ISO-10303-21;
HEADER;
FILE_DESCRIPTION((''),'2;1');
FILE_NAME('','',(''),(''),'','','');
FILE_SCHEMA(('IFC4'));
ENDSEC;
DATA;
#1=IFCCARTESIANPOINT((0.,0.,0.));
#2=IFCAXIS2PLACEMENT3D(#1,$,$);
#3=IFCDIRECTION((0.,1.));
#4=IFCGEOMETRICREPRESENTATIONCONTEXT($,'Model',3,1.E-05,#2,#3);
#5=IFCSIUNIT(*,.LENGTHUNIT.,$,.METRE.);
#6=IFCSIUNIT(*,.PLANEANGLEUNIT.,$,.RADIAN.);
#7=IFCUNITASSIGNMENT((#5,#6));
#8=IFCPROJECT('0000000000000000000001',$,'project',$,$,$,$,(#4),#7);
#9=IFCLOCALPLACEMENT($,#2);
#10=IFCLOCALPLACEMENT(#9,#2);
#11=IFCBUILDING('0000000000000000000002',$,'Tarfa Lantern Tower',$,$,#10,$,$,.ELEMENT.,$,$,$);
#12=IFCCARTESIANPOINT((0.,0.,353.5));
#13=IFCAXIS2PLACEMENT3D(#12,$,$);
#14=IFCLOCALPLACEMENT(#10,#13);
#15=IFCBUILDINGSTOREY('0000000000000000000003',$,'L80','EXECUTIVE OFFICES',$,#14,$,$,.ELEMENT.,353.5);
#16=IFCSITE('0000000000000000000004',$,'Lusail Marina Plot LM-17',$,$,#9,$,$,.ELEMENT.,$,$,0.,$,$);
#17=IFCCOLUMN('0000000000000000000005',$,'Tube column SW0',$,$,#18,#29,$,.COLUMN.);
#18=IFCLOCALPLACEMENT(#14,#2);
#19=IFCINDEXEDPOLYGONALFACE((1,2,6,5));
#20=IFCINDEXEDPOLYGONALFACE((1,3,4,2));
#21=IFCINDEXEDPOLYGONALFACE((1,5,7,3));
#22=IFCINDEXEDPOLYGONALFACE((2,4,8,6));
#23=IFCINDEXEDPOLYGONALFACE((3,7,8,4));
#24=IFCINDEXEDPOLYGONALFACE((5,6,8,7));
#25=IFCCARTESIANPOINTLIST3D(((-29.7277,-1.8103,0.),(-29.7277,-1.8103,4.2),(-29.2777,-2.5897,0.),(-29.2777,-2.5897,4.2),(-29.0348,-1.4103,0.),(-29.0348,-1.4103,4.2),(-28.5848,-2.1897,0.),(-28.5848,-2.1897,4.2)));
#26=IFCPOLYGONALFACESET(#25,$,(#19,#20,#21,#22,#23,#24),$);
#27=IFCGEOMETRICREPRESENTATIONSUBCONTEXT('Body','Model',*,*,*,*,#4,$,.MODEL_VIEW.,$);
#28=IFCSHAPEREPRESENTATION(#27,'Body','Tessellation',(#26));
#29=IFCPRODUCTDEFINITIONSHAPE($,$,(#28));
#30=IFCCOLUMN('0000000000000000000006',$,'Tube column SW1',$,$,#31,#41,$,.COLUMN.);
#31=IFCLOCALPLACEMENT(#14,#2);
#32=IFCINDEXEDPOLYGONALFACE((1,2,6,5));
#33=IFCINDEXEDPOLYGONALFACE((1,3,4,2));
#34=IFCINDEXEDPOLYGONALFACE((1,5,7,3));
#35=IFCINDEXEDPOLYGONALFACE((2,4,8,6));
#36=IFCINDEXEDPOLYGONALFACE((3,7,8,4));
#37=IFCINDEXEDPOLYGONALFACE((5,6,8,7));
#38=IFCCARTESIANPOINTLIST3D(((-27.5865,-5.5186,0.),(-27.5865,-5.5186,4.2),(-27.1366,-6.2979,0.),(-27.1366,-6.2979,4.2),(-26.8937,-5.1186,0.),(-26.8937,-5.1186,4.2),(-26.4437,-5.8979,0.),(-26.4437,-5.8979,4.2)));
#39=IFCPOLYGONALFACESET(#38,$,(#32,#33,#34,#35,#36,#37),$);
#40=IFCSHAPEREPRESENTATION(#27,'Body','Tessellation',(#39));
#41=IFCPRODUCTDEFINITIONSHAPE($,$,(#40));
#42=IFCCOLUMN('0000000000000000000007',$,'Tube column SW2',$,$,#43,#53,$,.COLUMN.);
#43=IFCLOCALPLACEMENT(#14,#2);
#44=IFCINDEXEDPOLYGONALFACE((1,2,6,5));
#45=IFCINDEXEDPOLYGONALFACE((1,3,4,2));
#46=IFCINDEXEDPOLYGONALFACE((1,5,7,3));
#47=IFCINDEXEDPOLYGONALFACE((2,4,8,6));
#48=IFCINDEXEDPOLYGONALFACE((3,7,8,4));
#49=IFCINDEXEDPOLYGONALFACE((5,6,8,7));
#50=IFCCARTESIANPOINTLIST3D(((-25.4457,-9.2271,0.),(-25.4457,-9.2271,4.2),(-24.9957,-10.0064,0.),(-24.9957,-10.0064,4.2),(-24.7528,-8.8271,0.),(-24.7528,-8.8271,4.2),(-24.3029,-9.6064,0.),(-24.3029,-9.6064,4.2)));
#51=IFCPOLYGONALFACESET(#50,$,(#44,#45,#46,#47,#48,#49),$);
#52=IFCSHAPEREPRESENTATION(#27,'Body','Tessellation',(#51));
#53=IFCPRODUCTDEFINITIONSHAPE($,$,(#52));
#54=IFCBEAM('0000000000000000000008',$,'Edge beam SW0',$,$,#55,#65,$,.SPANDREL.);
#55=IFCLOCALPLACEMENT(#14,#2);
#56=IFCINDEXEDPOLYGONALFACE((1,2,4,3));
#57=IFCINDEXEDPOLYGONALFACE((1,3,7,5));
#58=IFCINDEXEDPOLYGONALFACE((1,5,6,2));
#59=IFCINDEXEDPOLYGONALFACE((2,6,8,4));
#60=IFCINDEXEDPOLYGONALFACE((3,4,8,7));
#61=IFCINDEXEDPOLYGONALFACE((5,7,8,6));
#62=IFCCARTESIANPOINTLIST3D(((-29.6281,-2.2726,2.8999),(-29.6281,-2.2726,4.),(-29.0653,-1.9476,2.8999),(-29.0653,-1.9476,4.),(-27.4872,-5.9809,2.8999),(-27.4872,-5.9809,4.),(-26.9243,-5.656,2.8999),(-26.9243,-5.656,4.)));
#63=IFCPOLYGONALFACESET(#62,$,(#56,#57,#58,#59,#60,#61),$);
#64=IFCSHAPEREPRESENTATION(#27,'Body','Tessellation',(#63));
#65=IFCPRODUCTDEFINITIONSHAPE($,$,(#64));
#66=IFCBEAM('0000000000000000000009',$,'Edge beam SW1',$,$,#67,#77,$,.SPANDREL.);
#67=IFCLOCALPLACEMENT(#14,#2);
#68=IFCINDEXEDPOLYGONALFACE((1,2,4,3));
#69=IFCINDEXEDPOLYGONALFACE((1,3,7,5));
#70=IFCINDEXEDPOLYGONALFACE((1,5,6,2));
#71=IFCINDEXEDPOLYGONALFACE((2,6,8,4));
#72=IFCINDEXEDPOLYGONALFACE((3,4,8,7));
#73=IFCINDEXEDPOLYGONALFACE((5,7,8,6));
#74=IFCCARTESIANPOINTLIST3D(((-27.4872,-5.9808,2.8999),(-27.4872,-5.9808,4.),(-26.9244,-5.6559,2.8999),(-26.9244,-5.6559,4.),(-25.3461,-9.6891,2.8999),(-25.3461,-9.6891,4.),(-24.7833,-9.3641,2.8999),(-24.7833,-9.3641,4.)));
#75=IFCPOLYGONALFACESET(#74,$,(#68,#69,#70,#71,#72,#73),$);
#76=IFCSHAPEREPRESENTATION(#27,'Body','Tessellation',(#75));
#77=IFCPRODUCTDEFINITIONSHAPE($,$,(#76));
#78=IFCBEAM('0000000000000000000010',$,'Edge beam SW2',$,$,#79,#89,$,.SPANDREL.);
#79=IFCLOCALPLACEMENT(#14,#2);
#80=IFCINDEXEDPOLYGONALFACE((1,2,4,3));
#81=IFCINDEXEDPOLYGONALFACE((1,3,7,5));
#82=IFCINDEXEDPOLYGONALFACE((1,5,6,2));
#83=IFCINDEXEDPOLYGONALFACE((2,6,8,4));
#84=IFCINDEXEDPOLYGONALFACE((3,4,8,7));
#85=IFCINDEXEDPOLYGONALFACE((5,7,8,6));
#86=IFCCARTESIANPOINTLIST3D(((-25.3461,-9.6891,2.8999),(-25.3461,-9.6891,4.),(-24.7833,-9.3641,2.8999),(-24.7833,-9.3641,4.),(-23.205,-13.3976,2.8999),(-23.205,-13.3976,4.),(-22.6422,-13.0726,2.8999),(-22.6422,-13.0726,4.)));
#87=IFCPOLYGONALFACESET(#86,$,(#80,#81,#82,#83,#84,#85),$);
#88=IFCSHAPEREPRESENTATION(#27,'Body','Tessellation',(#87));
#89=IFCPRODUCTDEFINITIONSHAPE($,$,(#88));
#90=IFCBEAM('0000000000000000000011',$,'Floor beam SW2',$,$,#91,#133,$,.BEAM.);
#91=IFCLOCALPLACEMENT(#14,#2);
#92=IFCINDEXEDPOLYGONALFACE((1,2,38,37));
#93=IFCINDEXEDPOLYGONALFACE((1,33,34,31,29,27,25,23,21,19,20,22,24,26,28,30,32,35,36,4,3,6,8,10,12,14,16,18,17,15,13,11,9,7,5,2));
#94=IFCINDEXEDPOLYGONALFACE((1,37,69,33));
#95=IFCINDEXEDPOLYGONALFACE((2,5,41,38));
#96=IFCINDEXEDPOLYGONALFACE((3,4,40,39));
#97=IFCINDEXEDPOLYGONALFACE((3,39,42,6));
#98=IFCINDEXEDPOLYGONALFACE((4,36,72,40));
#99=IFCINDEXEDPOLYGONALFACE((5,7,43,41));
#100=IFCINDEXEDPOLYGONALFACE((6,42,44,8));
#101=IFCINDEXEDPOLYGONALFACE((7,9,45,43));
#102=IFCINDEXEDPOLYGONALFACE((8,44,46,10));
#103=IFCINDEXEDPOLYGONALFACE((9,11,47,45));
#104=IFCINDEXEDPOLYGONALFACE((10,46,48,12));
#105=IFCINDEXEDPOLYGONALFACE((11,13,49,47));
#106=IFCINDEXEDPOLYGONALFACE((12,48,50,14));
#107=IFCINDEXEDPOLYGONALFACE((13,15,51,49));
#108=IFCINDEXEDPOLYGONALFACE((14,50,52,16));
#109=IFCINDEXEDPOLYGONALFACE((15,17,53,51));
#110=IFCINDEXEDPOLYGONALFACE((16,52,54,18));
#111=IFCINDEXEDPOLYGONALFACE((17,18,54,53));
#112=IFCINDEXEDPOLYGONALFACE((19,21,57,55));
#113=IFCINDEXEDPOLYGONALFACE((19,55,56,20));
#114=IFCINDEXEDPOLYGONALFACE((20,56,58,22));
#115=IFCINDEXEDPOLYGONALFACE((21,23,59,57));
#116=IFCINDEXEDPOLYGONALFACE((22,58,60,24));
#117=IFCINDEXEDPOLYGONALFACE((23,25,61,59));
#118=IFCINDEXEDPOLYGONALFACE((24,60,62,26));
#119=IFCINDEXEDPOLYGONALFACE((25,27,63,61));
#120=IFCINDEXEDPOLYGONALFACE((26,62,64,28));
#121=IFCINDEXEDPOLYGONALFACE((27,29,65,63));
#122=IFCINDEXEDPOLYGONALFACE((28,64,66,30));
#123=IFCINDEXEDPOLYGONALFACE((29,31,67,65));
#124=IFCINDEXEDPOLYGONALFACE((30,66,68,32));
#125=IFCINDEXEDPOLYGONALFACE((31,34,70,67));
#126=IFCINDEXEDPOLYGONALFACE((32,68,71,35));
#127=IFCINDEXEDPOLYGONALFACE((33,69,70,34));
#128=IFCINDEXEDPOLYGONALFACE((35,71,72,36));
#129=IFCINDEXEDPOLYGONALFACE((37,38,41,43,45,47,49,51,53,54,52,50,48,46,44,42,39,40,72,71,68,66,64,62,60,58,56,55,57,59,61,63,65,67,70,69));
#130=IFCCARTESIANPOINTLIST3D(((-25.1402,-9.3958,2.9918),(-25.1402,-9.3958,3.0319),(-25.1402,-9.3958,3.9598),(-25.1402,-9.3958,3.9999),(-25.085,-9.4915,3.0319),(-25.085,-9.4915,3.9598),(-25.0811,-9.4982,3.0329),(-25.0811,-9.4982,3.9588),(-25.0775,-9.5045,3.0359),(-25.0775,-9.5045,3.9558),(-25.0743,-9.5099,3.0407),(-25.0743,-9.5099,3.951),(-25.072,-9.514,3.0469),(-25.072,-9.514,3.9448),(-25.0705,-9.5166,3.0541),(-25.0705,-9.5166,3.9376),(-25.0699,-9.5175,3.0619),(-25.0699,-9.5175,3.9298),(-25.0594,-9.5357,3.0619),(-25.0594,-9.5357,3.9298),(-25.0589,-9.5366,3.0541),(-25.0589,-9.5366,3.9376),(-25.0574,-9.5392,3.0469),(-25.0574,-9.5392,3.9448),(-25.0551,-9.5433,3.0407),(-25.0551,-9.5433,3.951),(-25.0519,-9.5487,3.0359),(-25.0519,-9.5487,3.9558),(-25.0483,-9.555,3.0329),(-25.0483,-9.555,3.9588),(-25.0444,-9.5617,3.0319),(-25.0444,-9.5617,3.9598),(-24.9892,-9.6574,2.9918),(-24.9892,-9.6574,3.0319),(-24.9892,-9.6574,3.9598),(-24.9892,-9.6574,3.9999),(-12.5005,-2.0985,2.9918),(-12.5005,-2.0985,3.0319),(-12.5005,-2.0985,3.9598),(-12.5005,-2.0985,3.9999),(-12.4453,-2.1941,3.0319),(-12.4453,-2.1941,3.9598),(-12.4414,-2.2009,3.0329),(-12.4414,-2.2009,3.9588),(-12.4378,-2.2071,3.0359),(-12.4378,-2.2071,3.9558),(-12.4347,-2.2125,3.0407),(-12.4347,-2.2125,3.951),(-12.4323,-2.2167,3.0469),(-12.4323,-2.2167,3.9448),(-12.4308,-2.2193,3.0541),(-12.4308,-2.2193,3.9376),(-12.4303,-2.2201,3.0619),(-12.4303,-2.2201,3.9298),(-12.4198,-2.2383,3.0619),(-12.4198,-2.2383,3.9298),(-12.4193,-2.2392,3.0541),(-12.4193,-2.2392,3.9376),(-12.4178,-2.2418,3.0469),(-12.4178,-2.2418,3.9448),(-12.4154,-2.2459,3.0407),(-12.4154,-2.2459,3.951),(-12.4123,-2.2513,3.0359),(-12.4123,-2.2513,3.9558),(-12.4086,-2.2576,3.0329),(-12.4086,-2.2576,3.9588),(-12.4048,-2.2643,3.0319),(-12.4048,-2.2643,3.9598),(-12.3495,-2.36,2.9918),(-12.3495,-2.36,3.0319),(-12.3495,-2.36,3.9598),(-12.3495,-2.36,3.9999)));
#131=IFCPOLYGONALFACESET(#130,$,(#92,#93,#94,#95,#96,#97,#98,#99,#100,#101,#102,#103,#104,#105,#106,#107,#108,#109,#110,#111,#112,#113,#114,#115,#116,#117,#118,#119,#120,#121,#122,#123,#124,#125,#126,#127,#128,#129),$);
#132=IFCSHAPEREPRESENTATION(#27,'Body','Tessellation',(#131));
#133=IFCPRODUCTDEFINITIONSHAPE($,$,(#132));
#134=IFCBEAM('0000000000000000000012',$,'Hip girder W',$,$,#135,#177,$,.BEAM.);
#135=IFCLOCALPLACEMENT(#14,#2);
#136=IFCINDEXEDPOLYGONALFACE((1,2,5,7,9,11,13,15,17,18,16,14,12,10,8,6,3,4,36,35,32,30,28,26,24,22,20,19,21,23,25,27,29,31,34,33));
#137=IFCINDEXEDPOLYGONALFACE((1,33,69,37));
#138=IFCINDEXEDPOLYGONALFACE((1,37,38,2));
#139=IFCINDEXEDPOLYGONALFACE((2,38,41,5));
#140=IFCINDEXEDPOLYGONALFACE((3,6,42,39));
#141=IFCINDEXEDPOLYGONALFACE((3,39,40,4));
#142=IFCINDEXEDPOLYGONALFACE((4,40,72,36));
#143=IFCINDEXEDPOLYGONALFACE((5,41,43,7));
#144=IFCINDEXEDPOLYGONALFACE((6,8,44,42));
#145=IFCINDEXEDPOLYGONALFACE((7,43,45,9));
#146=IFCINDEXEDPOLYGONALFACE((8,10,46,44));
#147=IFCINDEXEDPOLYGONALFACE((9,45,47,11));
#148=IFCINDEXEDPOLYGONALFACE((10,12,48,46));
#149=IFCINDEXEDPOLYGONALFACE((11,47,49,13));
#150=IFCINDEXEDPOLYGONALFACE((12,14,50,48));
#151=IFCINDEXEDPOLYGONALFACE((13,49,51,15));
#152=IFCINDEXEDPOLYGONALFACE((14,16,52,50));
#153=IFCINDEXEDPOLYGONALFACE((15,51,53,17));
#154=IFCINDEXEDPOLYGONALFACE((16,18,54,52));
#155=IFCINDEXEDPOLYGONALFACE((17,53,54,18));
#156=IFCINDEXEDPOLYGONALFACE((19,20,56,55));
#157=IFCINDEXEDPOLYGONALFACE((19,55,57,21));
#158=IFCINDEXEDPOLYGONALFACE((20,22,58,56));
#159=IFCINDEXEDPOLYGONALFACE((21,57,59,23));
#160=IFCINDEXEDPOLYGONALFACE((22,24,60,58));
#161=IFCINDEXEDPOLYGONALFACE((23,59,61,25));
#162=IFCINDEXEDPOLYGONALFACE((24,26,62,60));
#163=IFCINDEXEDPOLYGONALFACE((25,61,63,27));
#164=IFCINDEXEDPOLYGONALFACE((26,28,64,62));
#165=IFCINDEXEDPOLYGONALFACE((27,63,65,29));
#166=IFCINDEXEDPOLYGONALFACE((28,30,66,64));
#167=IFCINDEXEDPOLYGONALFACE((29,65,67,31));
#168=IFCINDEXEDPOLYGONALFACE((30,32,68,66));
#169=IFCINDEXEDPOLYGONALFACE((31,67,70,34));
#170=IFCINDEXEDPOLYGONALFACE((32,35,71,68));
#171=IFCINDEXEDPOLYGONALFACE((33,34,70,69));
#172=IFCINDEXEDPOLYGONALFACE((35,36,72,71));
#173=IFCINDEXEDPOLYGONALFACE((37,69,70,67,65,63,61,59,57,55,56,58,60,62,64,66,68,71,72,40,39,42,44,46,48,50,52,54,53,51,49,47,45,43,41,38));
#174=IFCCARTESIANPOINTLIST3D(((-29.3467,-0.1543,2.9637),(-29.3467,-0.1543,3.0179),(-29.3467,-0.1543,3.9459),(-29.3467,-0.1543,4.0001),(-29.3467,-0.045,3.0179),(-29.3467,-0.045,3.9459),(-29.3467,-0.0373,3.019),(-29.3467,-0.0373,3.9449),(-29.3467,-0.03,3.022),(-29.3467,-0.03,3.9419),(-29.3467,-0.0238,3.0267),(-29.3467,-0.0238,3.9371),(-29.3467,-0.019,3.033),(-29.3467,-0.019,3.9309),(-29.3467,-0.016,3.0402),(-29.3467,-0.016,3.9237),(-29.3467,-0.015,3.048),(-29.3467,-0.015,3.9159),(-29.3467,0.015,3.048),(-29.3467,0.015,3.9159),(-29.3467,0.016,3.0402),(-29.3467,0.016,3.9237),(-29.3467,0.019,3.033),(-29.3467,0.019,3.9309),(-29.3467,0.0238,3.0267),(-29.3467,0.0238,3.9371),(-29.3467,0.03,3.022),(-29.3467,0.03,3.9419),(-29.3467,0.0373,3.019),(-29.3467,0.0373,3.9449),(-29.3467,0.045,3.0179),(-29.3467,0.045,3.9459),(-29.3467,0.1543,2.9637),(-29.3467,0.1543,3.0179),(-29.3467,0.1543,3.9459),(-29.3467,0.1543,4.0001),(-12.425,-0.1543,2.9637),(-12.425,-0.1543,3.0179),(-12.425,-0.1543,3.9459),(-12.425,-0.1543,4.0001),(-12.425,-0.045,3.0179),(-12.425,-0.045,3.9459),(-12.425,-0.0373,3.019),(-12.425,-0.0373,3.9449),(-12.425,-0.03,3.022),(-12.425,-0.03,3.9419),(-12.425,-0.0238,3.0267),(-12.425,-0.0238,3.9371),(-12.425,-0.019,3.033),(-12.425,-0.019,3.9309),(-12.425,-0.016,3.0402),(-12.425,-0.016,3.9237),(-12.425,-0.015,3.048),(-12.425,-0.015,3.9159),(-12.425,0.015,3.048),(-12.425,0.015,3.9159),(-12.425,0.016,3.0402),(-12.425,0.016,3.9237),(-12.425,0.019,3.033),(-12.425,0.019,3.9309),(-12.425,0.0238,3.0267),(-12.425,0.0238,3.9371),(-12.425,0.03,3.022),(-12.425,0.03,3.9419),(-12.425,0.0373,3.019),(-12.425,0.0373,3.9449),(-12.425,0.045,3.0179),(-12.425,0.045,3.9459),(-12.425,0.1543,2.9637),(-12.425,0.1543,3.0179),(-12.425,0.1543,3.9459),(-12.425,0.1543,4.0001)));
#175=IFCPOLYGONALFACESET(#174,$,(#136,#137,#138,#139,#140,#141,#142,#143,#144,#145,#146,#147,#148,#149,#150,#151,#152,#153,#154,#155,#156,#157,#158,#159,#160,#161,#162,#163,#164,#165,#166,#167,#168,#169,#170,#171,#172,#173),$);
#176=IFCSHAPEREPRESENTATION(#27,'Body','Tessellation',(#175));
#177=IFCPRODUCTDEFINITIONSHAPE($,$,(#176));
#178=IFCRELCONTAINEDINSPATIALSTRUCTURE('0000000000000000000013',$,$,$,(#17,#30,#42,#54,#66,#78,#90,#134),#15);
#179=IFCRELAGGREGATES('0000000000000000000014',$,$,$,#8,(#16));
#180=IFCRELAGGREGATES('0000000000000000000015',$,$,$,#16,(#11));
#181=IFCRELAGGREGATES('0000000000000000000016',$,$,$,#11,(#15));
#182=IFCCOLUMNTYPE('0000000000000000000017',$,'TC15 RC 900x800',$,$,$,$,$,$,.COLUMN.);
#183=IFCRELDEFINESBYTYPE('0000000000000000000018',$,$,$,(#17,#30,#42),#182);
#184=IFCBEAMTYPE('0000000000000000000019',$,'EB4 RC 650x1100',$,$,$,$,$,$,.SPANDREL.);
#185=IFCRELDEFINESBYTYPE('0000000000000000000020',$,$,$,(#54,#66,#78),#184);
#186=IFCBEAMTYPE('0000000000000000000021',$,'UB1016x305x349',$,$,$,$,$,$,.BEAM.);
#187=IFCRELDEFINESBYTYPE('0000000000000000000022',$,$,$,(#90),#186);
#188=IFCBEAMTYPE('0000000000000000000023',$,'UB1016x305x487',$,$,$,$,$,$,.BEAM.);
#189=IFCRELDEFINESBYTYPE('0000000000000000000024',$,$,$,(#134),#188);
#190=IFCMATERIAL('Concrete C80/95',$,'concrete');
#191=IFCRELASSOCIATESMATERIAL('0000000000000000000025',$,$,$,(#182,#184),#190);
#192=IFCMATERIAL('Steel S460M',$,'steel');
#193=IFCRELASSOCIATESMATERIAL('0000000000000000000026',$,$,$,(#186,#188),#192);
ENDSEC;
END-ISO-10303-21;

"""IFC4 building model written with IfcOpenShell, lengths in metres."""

from ifc_helpers import new_model, si_unit, direction, frame, origin, origin_2d, place, context, subcontext, project, spatial, rectangle, i_section, extrude, material, material_profile, profile_set, type_object, element, save


model = new_model("IFC4")

# Units and contexts
model_context = context("Model", 3, precision=1e-05, world=origin(), true_north=direction((0.0, 1.0)))
body_context = subcontext(model_context, "Body", "Model", "MODEL_VIEW")
ifc_project = project(units=[si_unit("LENGTHUNIT", "METRE"), si_unit("PLANEANGLEUNIT", "RADIAN")], contexts=[model_context])

# Site, building, storey
site_placement = place(None, origin())
site = spatial("IfcSite", under=ifc_project, at=site_placement, Name="Lusail Marina Plot LM-17", CompositionType="ELEMENT", RefElevation=0.0)
building_placement = place(site_placement, origin())
building = spatial("IfcBuilding", under=site, at=building_placement, Name="Tarfa Lantern Tower", CompositionType="ELEMENT")
storey_placement = place(building_placement, frame((0.0, 0.0, 353.5)))
storey = spatial("IfcBuildingStorey", under=building, at=storey_placement, Name="L80", Description="EXECUTIVE OFFICES", CompositionType="ELEMENT", Elevation=353.5)

# Columns
ifc_material_1 = material(Name="Concrete C80/95", Category="concrete")
ifc_material_profile_1 = material_profile(ifc_material_1, rectangle(XDim=0.8999, YDim=0.8, at=origin_2d()), Name="RC 900x800")
ifc_profile_set_1 = profile_set([ifc_material_profile_1], Name="Concrete C80/95")
column_type = type_object("IfcColumnType", Name="TC15 RC 900x800", PredefinedType="COLUMN", material=ifc_profile_set_1)
for number, where, z_axis, x_axis, name in (
    (1, (-29.1562, -2.0, 0.0), (0.0, 0.0, 1.0), (0.5, -0.866025, 0.0), "Tube column SW0"),
    (2, (-27.0151, -5.7083, 0.0), (0.0, 0.0, 1.0), (0.5, -0.866025, 0.0), "Tube column SW1"),
    (3, (-24.8743, -9.4167, 0.0), (0.0, 0.0, 1.0), (0.5, -0.866025, 0.0), "Tube column SW2"),
):
    element("IfcColumn", number, at=place(storey_placement, frame(where, z_axis=z_axis, x_axis=x_axis)), inside=storey, type_object=column_type, Name=name, PredefinedType="COLUMN", context=body_context, shape_type="SweptSolid", body=[
        extrude(rectangle(XDim=0.8999, YDim=0.8, at=origin_2d()), origin(), (0.0, 0.0, 1.0), 4.2),
    ])

# Beams
ifc_material_profile_2 = material_profile(ifc_material_1, rectangle(XDim=0.6499, YDim=1.1001, at=origin_2d()), Name="RC 650x1100")
ifc_profile_set_2 = profile_set([ifc_material_profile_2], Name="Concrete C80/95")
beam_type_1 = type_object("IfcBeamType", Name="EB4 RC 650x1100", PredefinedType="SPANDREL", material=ifc_profile_set_2)
for number, where, z_axis, x_axis, name in (
    (4, (-29.3467, -2.1101, 3.45), (0.499984, -0.866035, 0.0), (0.866035, 0.499984, 0.0), "Edge beam SW0"),
    (5, (-27.2058, -5.8184, 3.45), (0.500027, -0.86601, 0.0), (0.86601, 0.500027, 0.0), "Edge beam SW1"),
):
    element("IfcBeam", number, at=place(storey_placement, frame(where, z_axis=z_axis, x_axis=x_axis)), inside=storey, type_object=beam_type_1, Name=name, PredefinedType="SPANDREL", context=body_context, shape_type="SweptSolid", body=[
        extrude(rectangle(XDim=0.6499, YDim=1.1001, at=origin_2d()), origin(), (0.0, 0.0, 1.0), 4.282),
    ])
beam_1_placement = place(storey_placement, frame((-25.0647, -9.5266, 3.45), z_axis=(0.500002, -0.866024, 0.0), x_axis=(0.866024, 0.500002, 0.0)))
element("IfcBeam", 6, at=beam_1_placement, inside=storey, type_object=beam_type_1, Name="Edge beam SW2", PredefinedType="SPANDREL", context=body_context, shape_type="SweptSolid", body=[
    extrude(rectangle(XDim=0.6499, YDim=1.1001, at=origin_2d()), origin(), (0.0, 0.0, 1.0), 4.2822),
])
ifc_material_2 = material(Name="Steel S460M", Category="steel")
ifc_material_profile_3 = material_profile(ifc_material_2, i_section(OverallWidth=0.302, OverallDepth=1.0081, WebThickness=0.021, FlangeThickness=0.04, FilletRadius=0.03, at=origin_2d()), Name="UB1016x305x349")
ifc_profile_set_3 = profile_set([ifc_material_profile_3], Name="Steel S460M")
beam_type_2 = type_object("IfcBeamType", Name="UB1016x305x349", PredefinedType="BEAM", material=ifc_profile_set_3)
beam_2_placement = place(storey_placement, frame((-25.0647, -9.5266, 3.4958), z_axis=(0.86603, 0.499993, 0.0), x_axis=(-0.499993, 0.86603, 0.0)))
element("IfcBeam", 7, at=beam_2_placement, inside=storey, type_object=beam_type_2, Name="Floor beam SW2", PredefinedType="BEAM", context=body_context, shape_type="SweptSolid", body=[
    extrude(i_section(OverallWidth=0.302, OverallDepth=1.0081, WebThickness=0.021, FlangeThickness=0.04, FilletRadius=0.03, at=origin_2d()), origin(), (0.0, 0.0, 1.0), 14.595),
])
ifc_material_profile_4 = material_profile(ifc_material_2, i_section(OverallWidth=0.3086, OverallDepth=1.0364, WebThickness=0.03, FlangeThickness=0.0542, FilletRadius=0.03, at=origin_2d()), Name="UB1016x305x487")
ifc_profile_set_4 = profile_set([ifc_material_profile_4], Name="Steel S460M")
beam_type_3 = type_object("IfcBeamType", Name="UB1016x305x487", PredefinedType="BEAM", material=ifc_profile_set_4)
beam_3_placement = place(storey_placement, frame((-12.425, 0.0, 3.4819), z_axis=(-1.0, 0.0, 0.0), x_axis=(0.0, -1.0, 0.0)))
element("IfcBeam", 8, at=beam_3_placement, inside=storey, type_object=beam_type_3, Name="Hip girder W", PredefinedType="BEAM", context=body_context, shape_type="SweptSolid", body=[
    extrude(i_section(OverallWidth=0.3086, OverallDepth=1.0364, WebThickness=0.03, FlangeThickness=0.0542, FilletRadius=0.03, at=origin_2d()), origin(), (0.0, 0.0, 1.0), 16.9216),
])

save(model, "model.ifc")
